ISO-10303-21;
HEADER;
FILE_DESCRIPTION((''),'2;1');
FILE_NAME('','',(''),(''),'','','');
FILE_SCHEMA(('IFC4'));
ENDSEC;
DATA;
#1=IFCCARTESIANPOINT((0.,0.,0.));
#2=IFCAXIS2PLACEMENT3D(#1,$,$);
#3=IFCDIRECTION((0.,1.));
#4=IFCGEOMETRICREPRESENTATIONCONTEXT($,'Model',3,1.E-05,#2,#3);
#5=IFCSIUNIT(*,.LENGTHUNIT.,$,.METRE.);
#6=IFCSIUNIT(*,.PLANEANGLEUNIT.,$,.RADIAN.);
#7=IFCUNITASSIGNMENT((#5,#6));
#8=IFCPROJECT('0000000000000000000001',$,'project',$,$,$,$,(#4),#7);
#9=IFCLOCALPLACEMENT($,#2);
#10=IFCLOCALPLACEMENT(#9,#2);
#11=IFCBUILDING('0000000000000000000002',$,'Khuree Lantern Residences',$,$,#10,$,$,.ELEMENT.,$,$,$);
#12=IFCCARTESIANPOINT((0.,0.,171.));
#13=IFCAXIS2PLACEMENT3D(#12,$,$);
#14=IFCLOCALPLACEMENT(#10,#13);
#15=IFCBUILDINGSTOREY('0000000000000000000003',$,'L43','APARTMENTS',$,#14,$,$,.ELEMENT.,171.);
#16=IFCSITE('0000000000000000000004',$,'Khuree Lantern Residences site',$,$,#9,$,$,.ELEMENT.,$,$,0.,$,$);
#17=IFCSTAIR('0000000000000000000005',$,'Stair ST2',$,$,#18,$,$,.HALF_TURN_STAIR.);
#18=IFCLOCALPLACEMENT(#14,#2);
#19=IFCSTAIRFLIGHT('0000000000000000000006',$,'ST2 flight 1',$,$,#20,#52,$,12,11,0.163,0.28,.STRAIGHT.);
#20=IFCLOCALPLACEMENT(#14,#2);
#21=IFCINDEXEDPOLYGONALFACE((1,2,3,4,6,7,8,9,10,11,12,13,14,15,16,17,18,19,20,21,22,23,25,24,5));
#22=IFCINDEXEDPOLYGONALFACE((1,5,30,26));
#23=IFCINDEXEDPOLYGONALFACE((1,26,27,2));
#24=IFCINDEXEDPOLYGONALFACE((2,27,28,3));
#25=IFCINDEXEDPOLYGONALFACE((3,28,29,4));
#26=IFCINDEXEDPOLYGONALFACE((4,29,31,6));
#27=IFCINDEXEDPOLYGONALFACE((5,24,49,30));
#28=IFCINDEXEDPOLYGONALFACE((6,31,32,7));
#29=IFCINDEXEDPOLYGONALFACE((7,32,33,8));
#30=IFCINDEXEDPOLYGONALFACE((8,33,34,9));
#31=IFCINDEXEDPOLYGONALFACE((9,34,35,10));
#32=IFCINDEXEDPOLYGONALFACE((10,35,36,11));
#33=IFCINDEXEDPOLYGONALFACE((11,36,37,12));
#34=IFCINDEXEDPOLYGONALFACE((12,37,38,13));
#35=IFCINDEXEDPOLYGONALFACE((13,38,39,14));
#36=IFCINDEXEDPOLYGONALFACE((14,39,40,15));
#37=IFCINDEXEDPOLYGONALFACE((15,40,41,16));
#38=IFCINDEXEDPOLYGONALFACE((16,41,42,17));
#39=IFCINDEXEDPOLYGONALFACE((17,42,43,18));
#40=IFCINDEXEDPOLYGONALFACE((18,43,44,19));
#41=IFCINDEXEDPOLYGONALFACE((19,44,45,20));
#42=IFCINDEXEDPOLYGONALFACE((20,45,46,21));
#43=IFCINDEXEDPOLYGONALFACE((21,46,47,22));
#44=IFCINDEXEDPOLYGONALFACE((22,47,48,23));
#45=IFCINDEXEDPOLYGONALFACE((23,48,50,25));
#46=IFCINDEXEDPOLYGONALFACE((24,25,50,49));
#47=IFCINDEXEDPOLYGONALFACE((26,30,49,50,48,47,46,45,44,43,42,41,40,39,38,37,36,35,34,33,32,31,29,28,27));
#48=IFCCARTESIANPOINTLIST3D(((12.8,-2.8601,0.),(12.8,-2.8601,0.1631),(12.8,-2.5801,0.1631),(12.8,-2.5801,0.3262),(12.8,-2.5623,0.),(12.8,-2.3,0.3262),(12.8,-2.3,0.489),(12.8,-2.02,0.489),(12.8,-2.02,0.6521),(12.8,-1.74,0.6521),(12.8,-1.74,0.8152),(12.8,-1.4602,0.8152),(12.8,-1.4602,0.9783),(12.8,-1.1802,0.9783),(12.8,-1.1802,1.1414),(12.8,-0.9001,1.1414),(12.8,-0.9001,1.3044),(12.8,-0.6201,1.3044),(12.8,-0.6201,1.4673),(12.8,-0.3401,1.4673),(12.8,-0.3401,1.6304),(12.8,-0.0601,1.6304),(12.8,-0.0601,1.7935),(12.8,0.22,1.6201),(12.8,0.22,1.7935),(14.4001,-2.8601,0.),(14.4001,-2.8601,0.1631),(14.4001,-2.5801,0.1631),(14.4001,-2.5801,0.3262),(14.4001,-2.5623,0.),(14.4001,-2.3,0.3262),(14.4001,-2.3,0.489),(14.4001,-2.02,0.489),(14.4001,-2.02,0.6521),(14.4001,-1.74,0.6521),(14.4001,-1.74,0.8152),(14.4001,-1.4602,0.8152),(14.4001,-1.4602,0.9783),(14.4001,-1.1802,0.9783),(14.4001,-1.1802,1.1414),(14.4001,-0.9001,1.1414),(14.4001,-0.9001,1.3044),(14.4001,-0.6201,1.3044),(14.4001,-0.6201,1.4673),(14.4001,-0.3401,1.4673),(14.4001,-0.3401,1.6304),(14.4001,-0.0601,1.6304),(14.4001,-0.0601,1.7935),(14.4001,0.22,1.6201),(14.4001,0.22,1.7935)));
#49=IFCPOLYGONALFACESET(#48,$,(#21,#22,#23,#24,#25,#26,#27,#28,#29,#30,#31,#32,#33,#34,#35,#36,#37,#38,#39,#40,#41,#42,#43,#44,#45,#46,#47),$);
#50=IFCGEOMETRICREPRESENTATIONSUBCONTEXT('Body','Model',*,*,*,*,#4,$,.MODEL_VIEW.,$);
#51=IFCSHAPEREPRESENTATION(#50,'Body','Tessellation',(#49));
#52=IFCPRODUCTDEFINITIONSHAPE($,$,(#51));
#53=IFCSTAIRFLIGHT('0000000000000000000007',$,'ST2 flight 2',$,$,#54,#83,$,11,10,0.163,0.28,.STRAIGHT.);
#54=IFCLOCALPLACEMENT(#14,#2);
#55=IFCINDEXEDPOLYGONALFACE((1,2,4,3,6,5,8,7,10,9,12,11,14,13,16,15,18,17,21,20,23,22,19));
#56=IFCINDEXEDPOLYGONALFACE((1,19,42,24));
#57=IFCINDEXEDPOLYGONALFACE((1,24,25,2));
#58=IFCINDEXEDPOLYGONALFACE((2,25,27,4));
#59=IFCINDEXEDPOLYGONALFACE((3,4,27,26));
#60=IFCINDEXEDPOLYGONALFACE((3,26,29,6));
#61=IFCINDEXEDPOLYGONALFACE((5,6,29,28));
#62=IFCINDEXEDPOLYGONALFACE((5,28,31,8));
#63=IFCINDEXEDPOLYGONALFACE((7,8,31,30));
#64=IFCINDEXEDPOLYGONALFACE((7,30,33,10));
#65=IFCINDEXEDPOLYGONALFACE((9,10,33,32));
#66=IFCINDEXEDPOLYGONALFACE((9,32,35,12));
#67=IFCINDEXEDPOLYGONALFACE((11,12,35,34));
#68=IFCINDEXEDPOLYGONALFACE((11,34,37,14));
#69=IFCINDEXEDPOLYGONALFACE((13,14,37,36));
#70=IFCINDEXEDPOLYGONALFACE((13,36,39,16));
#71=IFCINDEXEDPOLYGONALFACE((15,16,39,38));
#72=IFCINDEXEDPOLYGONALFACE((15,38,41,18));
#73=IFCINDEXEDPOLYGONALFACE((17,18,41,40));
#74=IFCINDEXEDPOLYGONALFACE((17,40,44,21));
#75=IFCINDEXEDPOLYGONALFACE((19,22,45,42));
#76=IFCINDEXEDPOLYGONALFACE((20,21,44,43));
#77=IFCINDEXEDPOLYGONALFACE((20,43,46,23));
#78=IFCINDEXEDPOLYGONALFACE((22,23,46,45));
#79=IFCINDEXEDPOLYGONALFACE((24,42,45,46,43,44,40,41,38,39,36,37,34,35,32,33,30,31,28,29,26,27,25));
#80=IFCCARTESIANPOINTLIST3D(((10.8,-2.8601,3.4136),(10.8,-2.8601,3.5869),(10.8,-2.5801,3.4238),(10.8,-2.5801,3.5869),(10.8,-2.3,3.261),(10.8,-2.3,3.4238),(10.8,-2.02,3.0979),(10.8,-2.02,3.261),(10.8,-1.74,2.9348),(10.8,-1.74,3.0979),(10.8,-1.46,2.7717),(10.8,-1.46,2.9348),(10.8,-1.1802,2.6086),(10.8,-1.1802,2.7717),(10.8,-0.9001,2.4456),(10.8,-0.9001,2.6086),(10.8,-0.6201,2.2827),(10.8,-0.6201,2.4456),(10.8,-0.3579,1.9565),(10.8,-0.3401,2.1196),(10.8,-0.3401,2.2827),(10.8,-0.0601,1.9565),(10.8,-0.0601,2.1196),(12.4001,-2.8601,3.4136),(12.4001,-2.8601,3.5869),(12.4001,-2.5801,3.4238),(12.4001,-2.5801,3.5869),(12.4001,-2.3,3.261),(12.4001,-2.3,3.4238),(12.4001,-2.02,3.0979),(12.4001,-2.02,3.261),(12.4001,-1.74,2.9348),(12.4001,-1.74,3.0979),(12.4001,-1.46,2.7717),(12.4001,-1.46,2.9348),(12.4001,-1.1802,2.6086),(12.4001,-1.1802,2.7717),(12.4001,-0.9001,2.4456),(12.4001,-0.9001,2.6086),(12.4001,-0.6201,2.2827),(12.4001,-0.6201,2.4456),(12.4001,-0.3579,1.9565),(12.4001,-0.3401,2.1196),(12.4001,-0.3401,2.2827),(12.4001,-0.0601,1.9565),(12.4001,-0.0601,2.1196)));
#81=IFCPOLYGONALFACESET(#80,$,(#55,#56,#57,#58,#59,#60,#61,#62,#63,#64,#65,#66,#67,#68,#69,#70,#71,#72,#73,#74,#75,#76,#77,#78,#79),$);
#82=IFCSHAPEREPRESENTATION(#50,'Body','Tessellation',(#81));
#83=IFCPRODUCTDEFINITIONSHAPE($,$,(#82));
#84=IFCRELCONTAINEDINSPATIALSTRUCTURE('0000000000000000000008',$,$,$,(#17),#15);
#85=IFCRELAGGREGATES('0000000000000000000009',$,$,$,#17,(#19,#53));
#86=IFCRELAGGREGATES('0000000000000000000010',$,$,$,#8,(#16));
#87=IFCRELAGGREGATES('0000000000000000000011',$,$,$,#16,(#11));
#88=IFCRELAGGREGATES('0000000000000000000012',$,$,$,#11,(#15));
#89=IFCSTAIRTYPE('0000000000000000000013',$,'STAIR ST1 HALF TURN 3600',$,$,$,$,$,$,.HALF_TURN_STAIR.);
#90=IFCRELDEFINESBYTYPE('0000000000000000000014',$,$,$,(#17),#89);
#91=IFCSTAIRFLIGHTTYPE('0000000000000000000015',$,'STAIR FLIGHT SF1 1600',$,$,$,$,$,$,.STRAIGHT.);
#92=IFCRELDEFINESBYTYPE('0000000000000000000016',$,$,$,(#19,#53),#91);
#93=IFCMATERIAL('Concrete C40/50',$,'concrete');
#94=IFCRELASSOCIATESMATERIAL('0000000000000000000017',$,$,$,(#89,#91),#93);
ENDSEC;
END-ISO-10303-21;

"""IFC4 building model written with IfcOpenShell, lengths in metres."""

from ifc_helpers import new_model, si_unit, direction, frame, origin, place, context, subcontext, project, spatial, polyline, outline, extrude, material, type_object, element, aggregate, save


model = new_model("IFC4")

# Units and contexts
model_context = context("Model", 3, precision=1e-05, world=origin(), true_north=direction((0.0, 1.0)))
body_context = subcontext(model_context, "Body", "Model", "MODEL_VIEW")
ifc_project = project(units=[si_unit("LENGTHUNIT", "METRE"), si_unit("PLANEANGLEUNIT", "RADIAN")], contexts=[model_context])

# Site, building, storey
site_placement = place(None, origin())
site = spatial("IfcSite", under=ifc_project, at=site_placement, Name="Khuree Lantern Residences site", CompositionType="ELEMENT", RefElevation=0.0)
building_placement = place(site_placement, origin())
building = spatial("IfcBuilding", under=site, at=building_placement, Name="Khuree Lantern Residences", CompositionType="ELEMENT")
storey_placement = place(building_placement, frame((0.0, 0.0, 171.0)))
storey = spatial("IfcBuildingStorey", under=building, at=storey_placement, Name="L43", Description="APARTMENTS", CompositionType="ELEMENT", Elevation=171.0)

# Stair
ifc_material_1 = material(Name="Concrete C40/50", Category="concrete")
stair_type = type_object("IfcStairType", Name="STAIR ST1 HALF TURN 3600", PredefinedType="HALF_TURN_STAIR", material=ifc_material_1)
stair_1_placement = place(storey_placement, origin())
stair_1 = element("IfcStair", 1, at=stair_1_placement, inside=storey, type_object=stair_type, Name="Stair ST2", PredefinedType="HALF_TURN_STAIR")

# Stair flights
stair_flight_type = type_object("IfcStairFlightType", Name="STAIR FLIGHT SF1 1600", PredefinedType="STRAIGHT", material=ifc_material_1)
stair_flight_1_placement = place(storey_placement, frame((13.6001, -2.8601, 0.0), z_axis=(0.0, 0.0, 1.0), x_axis=(0.0, 1.0, 0.0)))
stair_flight_1 = element("IfcStairFlight", 2, at=stair_flight_1_placement, type_object=stair_flight_type, Name="ST2 flight 1", NumberOfRisers=12, NumberOfTreads=11, PredefinedType="STRAIGHT", RiserHeight=0.163, TreadLength=0.28, context=body_context, shape_type="SweptSolid", body=[
    extrude(outline(polyline([(0.0, 0.0), (0.0, 0.1631), (0.28, 0.1631), (0.28, 0.3262), (0.5601, 0.3262), (0.5601, 0.489), (0.8401, 0.489), (0.8401, 0.6521), (1.1201, 0.6521), (1.1201, 0.8152), (1.3999, 0.8152), (1.3999, 0.9783), (1.6799, 0.9783), (1.6799, 1.1414), (1.96, 1.1414), (1.96, 1.3044), (2.24, 1.3044), (2.24, 1.4673), (2.52, 1.4673), (2.52, 1.6304), (2.8, 1.6304), (2.8, 1.7935), (3.0801, 1.7935), (3.0801, 1.9565), (3.0801, 1.6201), (0.2979, 0.0), (0.0, 0.0)])), frame((0.0, 0.8, 0.0), z_axis=(0.0, -1.0, 0.0), x_axis=(1.0, 0.0, 0.0)), (0.0, 0.0, 1.0), 1.6001),
])
stair_flight_2_placement = place(storey_placement, frame((11.6001, -0.0601, 1.9565), z_axis=(0.0, 0.0, 1.0), x_axis=(0.0, -1.0, 0.0)))
stair_flight_2 = element("IfcStairFlight", 3, at=stair_flight_2_placement, type_object=stair_flight_type, Name="ST2 flight 2", NumberOfRisers=11, NumberOfTreads=10, PredefinedType="STRAIGHT", RiserHeight=0.163, TreadLength=0.28, context=body_context, shape_type="SweptSolid", body=[
    extrude(outline(polyline([(0.0, 0.0), (0.0, 0.1631), (0.28, 0.1631), (0.28, 0.3262), (0.5601, 0.3262), (0.5601, 0.489), (0.8401, 0.489), (0.8401, 0.6521), (1.1201, 0.6521), (1.1201, 0.8152), (1.3999, 0.8152), (1.3999, 0.9783), (1.6799, 0.9783), (1.6799, 1.1414), (1.96, 1.1414), (1.96, 1.3044), (2.24, 1.3044), (2.24, 1.4673), (2.52, 1.4673), (2.52, 1.6304), (2.8, 1.6304), (2.8, 1.7935), (2.8, 1.457), (0.2979, 0.0), (0.0, 0.0)])), frame((0.0, 0.8, 0.0), z_axis=(0.0, -1.0, 0.0), x_axis=(1.0, 0.0, 0.0)), (0.0, 0.0, 1.0), 1.6001),
])
aggregate(stair_1, [stair_flight_1, stair_flight_2])

save(model, "model.ifc")
